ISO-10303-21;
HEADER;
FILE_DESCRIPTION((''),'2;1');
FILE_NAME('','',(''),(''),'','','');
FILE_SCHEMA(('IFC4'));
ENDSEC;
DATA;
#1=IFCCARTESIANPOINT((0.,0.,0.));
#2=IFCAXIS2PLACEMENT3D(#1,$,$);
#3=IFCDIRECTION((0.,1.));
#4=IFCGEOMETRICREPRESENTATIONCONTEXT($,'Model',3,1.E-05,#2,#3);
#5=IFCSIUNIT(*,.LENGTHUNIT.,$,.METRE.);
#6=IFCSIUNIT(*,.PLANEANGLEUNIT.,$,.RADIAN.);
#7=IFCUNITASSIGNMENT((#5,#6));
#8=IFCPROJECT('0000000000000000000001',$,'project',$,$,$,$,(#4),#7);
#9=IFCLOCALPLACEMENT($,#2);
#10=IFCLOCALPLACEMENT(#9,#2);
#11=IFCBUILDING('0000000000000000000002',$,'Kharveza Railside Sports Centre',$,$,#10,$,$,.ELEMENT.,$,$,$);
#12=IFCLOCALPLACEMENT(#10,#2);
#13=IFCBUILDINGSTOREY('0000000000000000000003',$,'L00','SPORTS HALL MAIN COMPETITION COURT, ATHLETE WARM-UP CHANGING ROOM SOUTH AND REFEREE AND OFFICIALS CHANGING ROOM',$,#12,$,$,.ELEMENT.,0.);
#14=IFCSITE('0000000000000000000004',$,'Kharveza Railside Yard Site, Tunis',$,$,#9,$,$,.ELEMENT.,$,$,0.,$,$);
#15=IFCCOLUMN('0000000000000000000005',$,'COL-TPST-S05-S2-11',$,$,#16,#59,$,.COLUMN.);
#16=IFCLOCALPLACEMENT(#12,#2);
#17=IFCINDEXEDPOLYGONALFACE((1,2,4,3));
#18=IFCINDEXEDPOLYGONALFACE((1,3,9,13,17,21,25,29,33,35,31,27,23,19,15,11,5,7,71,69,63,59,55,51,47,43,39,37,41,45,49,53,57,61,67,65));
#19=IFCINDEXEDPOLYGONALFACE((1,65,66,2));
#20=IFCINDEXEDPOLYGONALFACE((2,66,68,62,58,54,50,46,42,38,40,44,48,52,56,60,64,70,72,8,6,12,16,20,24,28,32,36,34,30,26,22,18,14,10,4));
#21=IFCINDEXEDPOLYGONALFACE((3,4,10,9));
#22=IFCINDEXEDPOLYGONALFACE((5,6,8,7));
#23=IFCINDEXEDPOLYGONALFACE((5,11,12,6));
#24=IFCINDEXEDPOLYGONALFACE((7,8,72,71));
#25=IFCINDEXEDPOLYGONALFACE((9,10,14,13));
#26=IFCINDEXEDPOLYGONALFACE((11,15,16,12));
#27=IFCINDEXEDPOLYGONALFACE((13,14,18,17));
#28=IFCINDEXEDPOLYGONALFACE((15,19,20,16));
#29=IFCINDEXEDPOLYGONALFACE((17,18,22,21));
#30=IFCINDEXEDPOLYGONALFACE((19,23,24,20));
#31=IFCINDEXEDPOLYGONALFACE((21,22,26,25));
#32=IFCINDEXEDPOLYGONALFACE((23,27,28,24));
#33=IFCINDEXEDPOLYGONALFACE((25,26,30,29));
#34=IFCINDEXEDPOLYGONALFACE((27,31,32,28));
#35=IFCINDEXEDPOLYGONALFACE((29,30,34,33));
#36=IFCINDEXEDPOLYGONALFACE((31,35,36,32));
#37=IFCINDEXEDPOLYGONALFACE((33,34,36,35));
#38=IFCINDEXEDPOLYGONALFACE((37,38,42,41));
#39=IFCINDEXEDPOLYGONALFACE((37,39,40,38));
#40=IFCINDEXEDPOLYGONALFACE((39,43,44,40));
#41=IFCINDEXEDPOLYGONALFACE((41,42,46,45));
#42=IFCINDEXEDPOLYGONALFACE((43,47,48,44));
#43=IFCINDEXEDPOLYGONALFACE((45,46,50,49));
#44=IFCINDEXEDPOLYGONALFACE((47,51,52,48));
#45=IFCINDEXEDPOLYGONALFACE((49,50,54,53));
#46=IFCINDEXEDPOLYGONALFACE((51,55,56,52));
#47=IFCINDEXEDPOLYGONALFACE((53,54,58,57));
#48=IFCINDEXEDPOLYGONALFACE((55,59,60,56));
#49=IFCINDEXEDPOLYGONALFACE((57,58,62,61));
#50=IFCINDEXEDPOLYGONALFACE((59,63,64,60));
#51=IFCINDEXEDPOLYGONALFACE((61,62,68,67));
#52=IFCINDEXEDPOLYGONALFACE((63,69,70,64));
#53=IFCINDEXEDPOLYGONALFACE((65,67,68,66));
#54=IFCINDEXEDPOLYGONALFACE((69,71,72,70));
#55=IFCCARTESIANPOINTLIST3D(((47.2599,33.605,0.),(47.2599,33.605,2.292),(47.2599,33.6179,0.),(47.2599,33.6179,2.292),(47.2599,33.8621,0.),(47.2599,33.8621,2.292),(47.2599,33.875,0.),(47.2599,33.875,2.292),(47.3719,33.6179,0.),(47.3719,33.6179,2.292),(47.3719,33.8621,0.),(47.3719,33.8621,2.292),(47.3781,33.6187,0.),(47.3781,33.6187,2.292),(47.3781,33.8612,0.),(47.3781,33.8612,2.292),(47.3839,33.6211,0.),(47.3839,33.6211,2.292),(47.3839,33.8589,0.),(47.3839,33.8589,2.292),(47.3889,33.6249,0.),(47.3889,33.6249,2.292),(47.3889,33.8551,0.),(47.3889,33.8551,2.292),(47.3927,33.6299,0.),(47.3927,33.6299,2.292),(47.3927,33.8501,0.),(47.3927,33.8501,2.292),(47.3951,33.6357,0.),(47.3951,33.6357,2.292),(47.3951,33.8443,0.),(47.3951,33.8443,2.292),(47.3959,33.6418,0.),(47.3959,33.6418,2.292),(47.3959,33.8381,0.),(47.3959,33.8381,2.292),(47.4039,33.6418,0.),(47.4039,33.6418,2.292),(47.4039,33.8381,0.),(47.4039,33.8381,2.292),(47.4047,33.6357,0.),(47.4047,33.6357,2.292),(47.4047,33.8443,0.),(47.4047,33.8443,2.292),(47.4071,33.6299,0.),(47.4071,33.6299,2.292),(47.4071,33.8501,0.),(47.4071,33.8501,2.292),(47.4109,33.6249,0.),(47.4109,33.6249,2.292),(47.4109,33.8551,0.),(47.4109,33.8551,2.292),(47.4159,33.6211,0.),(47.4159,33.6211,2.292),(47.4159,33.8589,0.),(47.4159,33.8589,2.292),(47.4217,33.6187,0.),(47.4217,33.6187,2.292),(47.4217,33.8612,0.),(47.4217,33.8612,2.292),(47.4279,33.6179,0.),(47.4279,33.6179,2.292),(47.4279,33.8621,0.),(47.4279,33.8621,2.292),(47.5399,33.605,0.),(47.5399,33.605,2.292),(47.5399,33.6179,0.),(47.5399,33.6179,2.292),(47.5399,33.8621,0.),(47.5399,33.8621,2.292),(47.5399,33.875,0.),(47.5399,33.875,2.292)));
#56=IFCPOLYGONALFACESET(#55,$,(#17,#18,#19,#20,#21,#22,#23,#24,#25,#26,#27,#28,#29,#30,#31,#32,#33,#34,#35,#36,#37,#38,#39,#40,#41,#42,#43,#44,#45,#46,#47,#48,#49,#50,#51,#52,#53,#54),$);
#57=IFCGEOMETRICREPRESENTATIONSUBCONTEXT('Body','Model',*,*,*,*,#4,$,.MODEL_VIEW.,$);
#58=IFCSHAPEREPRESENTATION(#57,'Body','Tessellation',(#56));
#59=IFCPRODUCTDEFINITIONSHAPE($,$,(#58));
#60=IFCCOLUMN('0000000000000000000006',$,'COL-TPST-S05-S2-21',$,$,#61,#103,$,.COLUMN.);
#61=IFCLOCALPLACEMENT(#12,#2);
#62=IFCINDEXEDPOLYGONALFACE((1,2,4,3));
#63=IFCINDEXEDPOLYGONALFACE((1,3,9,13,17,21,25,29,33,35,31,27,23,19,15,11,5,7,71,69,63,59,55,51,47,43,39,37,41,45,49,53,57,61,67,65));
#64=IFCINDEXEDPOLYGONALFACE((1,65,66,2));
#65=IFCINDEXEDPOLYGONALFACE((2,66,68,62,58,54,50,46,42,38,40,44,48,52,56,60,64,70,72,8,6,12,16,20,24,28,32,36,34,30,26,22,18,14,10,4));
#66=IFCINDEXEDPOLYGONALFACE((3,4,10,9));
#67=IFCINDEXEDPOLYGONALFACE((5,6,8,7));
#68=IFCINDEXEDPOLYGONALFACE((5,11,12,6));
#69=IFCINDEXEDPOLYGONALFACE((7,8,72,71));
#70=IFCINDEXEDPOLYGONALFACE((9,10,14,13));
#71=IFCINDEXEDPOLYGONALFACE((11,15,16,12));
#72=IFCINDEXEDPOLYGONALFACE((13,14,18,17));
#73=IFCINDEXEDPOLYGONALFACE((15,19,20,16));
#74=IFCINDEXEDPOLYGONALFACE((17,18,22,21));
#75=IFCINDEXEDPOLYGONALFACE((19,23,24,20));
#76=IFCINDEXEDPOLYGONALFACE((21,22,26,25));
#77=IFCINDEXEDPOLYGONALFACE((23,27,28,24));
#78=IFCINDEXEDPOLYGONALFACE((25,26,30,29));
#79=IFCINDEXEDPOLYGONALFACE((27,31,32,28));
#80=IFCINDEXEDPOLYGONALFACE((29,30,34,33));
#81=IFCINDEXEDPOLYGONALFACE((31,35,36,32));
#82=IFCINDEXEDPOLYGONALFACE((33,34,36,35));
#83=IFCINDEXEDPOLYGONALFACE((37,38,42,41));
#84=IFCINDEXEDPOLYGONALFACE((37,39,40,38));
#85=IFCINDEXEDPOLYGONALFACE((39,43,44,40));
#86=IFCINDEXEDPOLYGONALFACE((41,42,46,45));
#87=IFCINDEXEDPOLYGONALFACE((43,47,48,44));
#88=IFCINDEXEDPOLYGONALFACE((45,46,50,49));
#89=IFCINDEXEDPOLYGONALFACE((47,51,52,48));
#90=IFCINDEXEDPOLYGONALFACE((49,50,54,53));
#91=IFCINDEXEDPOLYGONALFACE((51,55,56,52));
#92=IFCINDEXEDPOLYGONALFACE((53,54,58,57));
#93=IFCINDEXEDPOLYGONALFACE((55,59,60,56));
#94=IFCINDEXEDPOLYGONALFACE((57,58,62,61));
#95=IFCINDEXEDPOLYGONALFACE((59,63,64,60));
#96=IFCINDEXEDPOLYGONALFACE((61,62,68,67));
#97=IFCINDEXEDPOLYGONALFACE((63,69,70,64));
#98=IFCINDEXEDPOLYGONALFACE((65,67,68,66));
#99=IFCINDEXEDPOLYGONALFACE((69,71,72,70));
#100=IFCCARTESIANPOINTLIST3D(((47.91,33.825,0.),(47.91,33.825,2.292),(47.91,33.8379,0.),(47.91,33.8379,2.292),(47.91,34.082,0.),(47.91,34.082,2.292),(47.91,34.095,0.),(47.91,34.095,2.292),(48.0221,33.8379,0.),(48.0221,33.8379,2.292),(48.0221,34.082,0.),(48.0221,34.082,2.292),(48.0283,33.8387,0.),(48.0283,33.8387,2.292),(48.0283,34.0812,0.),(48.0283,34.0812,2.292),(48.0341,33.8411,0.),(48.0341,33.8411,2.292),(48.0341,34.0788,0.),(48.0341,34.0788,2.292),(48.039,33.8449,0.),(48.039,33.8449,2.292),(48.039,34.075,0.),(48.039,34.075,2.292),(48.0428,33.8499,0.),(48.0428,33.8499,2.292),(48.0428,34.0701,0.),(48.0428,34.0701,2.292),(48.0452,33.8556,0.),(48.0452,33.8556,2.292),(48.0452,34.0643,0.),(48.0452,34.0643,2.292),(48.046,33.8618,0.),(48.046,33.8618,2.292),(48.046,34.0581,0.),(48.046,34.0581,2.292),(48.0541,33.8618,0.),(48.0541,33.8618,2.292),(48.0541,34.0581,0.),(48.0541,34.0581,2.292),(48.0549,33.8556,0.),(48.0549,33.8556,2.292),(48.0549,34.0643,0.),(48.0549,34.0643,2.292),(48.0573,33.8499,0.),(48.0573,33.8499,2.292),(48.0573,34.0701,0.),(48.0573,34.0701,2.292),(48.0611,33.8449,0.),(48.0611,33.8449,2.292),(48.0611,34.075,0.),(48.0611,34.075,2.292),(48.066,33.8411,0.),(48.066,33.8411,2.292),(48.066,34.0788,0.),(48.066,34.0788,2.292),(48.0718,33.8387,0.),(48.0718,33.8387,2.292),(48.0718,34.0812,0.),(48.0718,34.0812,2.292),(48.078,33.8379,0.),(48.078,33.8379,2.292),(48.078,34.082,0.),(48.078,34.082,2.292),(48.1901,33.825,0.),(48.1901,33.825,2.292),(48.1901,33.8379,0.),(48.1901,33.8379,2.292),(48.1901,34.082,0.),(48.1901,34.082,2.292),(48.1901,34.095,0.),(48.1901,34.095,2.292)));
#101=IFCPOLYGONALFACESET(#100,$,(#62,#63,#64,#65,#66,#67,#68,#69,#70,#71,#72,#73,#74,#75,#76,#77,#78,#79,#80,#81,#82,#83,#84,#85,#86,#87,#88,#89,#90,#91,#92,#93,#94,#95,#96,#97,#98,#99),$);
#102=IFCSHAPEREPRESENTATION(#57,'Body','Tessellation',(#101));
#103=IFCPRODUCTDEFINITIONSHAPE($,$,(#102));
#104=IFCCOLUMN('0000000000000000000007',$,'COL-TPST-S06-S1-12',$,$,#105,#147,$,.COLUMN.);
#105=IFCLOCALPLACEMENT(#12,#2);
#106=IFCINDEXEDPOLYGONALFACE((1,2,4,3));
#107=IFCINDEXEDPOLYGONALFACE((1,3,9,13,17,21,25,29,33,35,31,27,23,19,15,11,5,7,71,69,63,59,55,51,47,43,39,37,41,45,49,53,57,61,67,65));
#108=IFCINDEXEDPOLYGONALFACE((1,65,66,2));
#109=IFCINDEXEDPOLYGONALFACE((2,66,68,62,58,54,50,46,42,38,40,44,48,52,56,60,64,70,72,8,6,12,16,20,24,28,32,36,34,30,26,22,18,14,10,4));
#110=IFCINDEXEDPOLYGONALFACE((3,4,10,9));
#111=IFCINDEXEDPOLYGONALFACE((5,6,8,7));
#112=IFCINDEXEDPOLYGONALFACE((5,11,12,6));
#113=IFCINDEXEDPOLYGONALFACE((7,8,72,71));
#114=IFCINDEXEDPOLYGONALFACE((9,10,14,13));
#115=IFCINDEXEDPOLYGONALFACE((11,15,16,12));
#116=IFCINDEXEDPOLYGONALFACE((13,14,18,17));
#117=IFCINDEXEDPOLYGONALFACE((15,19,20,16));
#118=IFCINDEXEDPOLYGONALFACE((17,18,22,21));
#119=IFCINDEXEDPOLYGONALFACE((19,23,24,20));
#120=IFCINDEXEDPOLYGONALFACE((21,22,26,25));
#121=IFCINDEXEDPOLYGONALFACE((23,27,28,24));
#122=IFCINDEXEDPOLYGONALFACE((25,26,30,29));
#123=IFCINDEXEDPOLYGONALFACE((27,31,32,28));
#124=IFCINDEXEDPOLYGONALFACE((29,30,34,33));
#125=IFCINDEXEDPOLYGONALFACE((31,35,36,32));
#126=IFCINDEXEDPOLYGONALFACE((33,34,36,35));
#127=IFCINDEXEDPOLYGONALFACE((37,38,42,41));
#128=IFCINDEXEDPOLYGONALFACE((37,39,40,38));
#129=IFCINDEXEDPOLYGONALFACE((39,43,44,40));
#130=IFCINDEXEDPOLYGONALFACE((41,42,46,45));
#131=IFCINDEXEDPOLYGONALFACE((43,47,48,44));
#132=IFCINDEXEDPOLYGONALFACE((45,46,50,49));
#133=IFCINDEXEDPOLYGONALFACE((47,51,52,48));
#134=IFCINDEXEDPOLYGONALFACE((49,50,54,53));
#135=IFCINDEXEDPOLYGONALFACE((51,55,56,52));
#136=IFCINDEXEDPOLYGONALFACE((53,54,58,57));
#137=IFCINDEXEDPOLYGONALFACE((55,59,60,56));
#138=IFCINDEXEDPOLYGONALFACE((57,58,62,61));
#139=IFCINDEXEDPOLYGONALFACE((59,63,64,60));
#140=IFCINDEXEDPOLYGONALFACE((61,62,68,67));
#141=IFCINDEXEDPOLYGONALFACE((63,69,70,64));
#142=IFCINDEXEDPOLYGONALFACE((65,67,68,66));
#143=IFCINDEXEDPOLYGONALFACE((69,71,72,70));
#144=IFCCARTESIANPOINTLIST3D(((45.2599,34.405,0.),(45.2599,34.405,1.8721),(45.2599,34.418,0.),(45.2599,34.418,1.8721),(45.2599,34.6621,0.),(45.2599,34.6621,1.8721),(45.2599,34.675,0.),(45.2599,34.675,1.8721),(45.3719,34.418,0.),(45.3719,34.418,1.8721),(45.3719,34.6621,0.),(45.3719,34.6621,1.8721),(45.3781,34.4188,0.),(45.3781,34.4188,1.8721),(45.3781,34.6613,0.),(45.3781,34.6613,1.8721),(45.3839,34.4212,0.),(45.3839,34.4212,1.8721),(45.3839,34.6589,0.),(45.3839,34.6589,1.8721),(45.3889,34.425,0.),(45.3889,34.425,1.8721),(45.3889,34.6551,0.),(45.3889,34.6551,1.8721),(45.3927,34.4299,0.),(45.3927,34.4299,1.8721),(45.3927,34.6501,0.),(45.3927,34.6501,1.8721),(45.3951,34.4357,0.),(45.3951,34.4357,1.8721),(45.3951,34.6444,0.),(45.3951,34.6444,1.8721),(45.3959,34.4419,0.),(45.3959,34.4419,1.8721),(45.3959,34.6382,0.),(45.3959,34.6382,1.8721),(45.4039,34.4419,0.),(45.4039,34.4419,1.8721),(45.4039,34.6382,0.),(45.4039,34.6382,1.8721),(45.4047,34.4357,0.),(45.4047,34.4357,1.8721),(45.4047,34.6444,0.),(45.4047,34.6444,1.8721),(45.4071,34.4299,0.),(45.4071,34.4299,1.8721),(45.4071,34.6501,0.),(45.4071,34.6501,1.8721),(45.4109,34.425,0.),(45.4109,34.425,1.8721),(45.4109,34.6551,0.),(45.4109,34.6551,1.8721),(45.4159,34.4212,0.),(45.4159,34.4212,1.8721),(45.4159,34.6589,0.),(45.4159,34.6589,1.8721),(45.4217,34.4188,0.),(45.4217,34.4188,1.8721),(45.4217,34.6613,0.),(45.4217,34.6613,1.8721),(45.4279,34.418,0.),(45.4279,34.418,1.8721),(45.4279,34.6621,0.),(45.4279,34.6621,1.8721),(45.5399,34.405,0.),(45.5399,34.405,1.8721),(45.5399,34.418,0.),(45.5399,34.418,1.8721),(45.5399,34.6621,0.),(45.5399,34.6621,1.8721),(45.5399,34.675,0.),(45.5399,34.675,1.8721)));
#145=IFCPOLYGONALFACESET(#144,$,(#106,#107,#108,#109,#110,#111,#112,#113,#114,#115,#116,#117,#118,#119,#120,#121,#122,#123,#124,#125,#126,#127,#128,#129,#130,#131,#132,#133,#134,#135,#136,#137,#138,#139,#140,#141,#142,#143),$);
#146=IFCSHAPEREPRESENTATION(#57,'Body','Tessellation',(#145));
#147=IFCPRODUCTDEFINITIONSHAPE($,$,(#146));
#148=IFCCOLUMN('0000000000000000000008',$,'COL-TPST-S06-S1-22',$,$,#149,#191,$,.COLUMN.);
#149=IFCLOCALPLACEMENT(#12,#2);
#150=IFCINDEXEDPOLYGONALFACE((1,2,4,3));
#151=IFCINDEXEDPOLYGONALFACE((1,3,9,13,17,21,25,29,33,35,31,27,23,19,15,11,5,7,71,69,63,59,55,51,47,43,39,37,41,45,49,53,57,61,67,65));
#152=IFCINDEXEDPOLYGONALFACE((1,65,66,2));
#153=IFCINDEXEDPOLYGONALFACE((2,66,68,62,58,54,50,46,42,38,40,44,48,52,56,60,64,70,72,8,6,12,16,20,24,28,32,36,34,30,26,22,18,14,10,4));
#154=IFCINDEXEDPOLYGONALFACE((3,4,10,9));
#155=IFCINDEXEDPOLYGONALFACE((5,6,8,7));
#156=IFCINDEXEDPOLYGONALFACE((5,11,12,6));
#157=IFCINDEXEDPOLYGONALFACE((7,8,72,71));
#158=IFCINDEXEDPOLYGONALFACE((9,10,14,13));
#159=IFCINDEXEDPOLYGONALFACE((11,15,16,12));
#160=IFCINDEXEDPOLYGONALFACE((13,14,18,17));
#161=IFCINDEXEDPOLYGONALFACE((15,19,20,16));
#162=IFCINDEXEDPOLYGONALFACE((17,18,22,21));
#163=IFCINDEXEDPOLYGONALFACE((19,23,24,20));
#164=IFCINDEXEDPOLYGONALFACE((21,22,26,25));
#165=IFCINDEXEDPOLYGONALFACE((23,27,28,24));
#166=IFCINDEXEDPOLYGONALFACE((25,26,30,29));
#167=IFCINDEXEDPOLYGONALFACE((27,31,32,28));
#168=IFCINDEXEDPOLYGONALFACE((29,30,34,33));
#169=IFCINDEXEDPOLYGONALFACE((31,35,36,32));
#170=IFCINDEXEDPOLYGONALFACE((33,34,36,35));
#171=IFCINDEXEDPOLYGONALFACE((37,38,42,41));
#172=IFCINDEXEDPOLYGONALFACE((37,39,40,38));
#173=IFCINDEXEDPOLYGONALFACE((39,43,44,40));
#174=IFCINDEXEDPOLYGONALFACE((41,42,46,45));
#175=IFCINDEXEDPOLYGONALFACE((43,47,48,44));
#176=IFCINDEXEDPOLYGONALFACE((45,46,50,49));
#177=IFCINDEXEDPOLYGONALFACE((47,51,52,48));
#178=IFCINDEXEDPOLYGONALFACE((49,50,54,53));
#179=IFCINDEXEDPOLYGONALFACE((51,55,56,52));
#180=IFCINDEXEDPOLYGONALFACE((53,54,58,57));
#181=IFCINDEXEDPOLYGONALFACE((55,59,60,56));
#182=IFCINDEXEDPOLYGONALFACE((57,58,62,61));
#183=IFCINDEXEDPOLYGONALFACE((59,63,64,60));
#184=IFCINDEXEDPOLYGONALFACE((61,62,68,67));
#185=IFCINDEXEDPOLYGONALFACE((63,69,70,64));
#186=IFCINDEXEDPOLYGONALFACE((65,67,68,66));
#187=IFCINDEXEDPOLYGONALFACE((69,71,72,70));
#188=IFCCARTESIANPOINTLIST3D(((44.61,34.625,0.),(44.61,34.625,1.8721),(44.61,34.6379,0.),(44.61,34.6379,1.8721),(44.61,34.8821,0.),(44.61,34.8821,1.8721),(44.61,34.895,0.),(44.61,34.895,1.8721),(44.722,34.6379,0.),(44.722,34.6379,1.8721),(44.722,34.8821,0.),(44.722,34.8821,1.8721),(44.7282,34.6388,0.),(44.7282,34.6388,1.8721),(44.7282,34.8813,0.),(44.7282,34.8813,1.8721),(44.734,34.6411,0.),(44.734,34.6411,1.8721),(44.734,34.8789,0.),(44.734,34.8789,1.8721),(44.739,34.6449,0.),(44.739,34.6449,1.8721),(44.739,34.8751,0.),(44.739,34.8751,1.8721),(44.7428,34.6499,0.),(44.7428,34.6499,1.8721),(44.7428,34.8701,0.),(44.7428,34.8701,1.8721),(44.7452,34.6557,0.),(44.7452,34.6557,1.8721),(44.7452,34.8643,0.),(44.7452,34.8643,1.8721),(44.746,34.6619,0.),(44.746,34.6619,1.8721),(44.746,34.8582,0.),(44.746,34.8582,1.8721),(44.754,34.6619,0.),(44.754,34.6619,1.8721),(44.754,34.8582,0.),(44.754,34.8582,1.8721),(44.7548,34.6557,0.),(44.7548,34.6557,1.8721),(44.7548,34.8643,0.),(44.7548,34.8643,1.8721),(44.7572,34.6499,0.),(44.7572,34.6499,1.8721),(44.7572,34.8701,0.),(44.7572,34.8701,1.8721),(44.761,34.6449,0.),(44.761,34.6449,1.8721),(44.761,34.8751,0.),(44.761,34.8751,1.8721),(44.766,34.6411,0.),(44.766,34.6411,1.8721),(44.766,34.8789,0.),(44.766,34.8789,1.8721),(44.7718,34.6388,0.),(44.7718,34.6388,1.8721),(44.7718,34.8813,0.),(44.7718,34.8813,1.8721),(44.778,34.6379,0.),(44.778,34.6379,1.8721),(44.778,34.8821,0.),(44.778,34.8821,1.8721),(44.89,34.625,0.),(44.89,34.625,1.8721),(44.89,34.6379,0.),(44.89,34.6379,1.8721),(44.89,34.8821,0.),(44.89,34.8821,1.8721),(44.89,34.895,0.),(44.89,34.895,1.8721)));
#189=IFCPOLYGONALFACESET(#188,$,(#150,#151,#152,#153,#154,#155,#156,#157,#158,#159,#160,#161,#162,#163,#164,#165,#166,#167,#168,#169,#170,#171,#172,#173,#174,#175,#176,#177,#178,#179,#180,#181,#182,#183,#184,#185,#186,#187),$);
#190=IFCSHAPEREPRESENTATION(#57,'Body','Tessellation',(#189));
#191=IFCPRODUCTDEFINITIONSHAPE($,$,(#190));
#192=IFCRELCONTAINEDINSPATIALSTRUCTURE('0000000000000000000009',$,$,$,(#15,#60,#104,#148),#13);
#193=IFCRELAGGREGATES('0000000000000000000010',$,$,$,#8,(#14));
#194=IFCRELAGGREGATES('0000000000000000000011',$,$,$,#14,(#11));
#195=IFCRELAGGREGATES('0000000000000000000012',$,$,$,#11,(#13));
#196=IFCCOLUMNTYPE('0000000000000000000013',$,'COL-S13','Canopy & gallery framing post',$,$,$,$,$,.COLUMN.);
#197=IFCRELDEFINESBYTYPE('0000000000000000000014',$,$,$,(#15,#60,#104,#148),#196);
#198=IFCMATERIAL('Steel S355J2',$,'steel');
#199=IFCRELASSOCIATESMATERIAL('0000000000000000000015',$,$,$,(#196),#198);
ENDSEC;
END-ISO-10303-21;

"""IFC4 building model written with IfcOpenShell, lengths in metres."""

from ifc_helpers import new_model, si_unit, direction, frame, origin, origin_2d, place, context, subcontext, project, spatial, i_section, extrude, material, material_profile, profile_set, type_object, element, save


model = new_model("IFC4")

# Units and contexts
model_context = context("Model", 3, precision=1e-05, world=origin(), true_north=direction((0.0, 1.0)))
body_context = subcontext(model_context, "Body", "Model", "MODEL_VIEW")
ifc_project = project(units=[si_unit("LENGTHUNIT", "METRE"), si_unit("PLANEANGLEUNIT", "RADIAN")], contexts=[model_context])

# Site, building, storey
site_placement = place(None, origin())
site = spatial("IfcSite", under=ifc_project, at=site_placement, Name="Kharveza Railside Yard Site, Tunis", CompositionType="ELEMENT", RefElevation=0.0)
building_placement = place(site_placement, origin())
building = spatial("IfcBuilding", under=site, at=building_placement, Name="Kharveza Railside Sports Centre", CompositionType="ELEMENT")
storey_placement = place(building_placement, origin())
storey = spatial("IfcBuildingStorey", under=building, at=storey_placement, Name="L00", Description="SPORTS HALL MAIN COMPETITION COURT, ATHLETE WARM-UP CHANGING ROOM SOUTH AND REFEREE AND OFFICIALS CHANGING ROOM", CompositionType="ELEMENT", Elevation=0.0)

# Columns
ifc_material_1 = material(Name="Steel S355J2", Category="steel")
ifc_material_profile_1 = material_profile(ifc_material_1, i_section(OverallWidth=0.28, OverallDepth=0.27, WebThickness=0.0081, FlangeThickness=0.0129, FilletRadius=0.0239, at=origin_2d()), Name="HEA 280")
ifc_profile_set_1 = profile_set([ifc_material_profile_1], Name="Steel S355J2")
column_type = type_object("IfcColumnType", Name="COL-S13", Description="Canopy & gallery framing post", PredefinedType="COLUMN", material=ifc_profile_set_1)
for number, where, z_axis, x_axis, name in (
    (1, (47.3999, 33.74, 0.0), (0.0, 0.0, 1.0), (1.0, 0.0, 0.0), "COL-TPST-S05-S2-11"),
    (2, (48.05, 33.96, 0.0), (0.0, 0.0, 1.0), (1.0, 0.0, 0.0), "COL-TPST-S05-S2-21"),
):
    element("IfcColumn", number, at=place(storey_placement, frame(where, z_axis=z_axis, x_axis=x_axis)), inside=storey, type_object=column_type, Name=name, PredefinedType="COLUMN", context=body_context, shape_type="SweptSolid", body=[
        extrude(i_section(OverallWidth=0.28, OverallDepth=0.27, WebThickness=0.0081, FlangeThickness=0.0129, FilletRadius=0.0239, at=origin_2d()), origin(), (0.0, 0.0, 1.0), 2.292),
    ])
for number, where, z_axis, x_axis, name in (
    (3, (45.3999, 34.54, 0.0), (0.0, 0.0, 1.0), (1.0, 0.0, 0.0), "COL-TPST-S06-S1-12"),
    (4, (44.75, 34.76, 0.0), (0.0, 0.0, 1.0), (1.0, 0.0, 0.0), "COL-TPST-S06-S1-22"),
):
    element("IfcColumn", number, at=place(storey_placement, frame(where, z_axis=z_axis, x_axis=x_axis)), inside=storey, type_object=column_type, Name=name, PredefinedType="COLUMN", context=body_context, shape_type="SweptSolid", body=[
        extrude(i_section(OverallWidth=0.28, OverallDepth=0.27, WebThickness=0.0081, FlangeThickness=0.0129, FilletRadius=0.0239, at=origin_2d()), origin(), (0.0, 0.0, 1.0), 1.8721),
    ])

save(model, "model.ifc")
